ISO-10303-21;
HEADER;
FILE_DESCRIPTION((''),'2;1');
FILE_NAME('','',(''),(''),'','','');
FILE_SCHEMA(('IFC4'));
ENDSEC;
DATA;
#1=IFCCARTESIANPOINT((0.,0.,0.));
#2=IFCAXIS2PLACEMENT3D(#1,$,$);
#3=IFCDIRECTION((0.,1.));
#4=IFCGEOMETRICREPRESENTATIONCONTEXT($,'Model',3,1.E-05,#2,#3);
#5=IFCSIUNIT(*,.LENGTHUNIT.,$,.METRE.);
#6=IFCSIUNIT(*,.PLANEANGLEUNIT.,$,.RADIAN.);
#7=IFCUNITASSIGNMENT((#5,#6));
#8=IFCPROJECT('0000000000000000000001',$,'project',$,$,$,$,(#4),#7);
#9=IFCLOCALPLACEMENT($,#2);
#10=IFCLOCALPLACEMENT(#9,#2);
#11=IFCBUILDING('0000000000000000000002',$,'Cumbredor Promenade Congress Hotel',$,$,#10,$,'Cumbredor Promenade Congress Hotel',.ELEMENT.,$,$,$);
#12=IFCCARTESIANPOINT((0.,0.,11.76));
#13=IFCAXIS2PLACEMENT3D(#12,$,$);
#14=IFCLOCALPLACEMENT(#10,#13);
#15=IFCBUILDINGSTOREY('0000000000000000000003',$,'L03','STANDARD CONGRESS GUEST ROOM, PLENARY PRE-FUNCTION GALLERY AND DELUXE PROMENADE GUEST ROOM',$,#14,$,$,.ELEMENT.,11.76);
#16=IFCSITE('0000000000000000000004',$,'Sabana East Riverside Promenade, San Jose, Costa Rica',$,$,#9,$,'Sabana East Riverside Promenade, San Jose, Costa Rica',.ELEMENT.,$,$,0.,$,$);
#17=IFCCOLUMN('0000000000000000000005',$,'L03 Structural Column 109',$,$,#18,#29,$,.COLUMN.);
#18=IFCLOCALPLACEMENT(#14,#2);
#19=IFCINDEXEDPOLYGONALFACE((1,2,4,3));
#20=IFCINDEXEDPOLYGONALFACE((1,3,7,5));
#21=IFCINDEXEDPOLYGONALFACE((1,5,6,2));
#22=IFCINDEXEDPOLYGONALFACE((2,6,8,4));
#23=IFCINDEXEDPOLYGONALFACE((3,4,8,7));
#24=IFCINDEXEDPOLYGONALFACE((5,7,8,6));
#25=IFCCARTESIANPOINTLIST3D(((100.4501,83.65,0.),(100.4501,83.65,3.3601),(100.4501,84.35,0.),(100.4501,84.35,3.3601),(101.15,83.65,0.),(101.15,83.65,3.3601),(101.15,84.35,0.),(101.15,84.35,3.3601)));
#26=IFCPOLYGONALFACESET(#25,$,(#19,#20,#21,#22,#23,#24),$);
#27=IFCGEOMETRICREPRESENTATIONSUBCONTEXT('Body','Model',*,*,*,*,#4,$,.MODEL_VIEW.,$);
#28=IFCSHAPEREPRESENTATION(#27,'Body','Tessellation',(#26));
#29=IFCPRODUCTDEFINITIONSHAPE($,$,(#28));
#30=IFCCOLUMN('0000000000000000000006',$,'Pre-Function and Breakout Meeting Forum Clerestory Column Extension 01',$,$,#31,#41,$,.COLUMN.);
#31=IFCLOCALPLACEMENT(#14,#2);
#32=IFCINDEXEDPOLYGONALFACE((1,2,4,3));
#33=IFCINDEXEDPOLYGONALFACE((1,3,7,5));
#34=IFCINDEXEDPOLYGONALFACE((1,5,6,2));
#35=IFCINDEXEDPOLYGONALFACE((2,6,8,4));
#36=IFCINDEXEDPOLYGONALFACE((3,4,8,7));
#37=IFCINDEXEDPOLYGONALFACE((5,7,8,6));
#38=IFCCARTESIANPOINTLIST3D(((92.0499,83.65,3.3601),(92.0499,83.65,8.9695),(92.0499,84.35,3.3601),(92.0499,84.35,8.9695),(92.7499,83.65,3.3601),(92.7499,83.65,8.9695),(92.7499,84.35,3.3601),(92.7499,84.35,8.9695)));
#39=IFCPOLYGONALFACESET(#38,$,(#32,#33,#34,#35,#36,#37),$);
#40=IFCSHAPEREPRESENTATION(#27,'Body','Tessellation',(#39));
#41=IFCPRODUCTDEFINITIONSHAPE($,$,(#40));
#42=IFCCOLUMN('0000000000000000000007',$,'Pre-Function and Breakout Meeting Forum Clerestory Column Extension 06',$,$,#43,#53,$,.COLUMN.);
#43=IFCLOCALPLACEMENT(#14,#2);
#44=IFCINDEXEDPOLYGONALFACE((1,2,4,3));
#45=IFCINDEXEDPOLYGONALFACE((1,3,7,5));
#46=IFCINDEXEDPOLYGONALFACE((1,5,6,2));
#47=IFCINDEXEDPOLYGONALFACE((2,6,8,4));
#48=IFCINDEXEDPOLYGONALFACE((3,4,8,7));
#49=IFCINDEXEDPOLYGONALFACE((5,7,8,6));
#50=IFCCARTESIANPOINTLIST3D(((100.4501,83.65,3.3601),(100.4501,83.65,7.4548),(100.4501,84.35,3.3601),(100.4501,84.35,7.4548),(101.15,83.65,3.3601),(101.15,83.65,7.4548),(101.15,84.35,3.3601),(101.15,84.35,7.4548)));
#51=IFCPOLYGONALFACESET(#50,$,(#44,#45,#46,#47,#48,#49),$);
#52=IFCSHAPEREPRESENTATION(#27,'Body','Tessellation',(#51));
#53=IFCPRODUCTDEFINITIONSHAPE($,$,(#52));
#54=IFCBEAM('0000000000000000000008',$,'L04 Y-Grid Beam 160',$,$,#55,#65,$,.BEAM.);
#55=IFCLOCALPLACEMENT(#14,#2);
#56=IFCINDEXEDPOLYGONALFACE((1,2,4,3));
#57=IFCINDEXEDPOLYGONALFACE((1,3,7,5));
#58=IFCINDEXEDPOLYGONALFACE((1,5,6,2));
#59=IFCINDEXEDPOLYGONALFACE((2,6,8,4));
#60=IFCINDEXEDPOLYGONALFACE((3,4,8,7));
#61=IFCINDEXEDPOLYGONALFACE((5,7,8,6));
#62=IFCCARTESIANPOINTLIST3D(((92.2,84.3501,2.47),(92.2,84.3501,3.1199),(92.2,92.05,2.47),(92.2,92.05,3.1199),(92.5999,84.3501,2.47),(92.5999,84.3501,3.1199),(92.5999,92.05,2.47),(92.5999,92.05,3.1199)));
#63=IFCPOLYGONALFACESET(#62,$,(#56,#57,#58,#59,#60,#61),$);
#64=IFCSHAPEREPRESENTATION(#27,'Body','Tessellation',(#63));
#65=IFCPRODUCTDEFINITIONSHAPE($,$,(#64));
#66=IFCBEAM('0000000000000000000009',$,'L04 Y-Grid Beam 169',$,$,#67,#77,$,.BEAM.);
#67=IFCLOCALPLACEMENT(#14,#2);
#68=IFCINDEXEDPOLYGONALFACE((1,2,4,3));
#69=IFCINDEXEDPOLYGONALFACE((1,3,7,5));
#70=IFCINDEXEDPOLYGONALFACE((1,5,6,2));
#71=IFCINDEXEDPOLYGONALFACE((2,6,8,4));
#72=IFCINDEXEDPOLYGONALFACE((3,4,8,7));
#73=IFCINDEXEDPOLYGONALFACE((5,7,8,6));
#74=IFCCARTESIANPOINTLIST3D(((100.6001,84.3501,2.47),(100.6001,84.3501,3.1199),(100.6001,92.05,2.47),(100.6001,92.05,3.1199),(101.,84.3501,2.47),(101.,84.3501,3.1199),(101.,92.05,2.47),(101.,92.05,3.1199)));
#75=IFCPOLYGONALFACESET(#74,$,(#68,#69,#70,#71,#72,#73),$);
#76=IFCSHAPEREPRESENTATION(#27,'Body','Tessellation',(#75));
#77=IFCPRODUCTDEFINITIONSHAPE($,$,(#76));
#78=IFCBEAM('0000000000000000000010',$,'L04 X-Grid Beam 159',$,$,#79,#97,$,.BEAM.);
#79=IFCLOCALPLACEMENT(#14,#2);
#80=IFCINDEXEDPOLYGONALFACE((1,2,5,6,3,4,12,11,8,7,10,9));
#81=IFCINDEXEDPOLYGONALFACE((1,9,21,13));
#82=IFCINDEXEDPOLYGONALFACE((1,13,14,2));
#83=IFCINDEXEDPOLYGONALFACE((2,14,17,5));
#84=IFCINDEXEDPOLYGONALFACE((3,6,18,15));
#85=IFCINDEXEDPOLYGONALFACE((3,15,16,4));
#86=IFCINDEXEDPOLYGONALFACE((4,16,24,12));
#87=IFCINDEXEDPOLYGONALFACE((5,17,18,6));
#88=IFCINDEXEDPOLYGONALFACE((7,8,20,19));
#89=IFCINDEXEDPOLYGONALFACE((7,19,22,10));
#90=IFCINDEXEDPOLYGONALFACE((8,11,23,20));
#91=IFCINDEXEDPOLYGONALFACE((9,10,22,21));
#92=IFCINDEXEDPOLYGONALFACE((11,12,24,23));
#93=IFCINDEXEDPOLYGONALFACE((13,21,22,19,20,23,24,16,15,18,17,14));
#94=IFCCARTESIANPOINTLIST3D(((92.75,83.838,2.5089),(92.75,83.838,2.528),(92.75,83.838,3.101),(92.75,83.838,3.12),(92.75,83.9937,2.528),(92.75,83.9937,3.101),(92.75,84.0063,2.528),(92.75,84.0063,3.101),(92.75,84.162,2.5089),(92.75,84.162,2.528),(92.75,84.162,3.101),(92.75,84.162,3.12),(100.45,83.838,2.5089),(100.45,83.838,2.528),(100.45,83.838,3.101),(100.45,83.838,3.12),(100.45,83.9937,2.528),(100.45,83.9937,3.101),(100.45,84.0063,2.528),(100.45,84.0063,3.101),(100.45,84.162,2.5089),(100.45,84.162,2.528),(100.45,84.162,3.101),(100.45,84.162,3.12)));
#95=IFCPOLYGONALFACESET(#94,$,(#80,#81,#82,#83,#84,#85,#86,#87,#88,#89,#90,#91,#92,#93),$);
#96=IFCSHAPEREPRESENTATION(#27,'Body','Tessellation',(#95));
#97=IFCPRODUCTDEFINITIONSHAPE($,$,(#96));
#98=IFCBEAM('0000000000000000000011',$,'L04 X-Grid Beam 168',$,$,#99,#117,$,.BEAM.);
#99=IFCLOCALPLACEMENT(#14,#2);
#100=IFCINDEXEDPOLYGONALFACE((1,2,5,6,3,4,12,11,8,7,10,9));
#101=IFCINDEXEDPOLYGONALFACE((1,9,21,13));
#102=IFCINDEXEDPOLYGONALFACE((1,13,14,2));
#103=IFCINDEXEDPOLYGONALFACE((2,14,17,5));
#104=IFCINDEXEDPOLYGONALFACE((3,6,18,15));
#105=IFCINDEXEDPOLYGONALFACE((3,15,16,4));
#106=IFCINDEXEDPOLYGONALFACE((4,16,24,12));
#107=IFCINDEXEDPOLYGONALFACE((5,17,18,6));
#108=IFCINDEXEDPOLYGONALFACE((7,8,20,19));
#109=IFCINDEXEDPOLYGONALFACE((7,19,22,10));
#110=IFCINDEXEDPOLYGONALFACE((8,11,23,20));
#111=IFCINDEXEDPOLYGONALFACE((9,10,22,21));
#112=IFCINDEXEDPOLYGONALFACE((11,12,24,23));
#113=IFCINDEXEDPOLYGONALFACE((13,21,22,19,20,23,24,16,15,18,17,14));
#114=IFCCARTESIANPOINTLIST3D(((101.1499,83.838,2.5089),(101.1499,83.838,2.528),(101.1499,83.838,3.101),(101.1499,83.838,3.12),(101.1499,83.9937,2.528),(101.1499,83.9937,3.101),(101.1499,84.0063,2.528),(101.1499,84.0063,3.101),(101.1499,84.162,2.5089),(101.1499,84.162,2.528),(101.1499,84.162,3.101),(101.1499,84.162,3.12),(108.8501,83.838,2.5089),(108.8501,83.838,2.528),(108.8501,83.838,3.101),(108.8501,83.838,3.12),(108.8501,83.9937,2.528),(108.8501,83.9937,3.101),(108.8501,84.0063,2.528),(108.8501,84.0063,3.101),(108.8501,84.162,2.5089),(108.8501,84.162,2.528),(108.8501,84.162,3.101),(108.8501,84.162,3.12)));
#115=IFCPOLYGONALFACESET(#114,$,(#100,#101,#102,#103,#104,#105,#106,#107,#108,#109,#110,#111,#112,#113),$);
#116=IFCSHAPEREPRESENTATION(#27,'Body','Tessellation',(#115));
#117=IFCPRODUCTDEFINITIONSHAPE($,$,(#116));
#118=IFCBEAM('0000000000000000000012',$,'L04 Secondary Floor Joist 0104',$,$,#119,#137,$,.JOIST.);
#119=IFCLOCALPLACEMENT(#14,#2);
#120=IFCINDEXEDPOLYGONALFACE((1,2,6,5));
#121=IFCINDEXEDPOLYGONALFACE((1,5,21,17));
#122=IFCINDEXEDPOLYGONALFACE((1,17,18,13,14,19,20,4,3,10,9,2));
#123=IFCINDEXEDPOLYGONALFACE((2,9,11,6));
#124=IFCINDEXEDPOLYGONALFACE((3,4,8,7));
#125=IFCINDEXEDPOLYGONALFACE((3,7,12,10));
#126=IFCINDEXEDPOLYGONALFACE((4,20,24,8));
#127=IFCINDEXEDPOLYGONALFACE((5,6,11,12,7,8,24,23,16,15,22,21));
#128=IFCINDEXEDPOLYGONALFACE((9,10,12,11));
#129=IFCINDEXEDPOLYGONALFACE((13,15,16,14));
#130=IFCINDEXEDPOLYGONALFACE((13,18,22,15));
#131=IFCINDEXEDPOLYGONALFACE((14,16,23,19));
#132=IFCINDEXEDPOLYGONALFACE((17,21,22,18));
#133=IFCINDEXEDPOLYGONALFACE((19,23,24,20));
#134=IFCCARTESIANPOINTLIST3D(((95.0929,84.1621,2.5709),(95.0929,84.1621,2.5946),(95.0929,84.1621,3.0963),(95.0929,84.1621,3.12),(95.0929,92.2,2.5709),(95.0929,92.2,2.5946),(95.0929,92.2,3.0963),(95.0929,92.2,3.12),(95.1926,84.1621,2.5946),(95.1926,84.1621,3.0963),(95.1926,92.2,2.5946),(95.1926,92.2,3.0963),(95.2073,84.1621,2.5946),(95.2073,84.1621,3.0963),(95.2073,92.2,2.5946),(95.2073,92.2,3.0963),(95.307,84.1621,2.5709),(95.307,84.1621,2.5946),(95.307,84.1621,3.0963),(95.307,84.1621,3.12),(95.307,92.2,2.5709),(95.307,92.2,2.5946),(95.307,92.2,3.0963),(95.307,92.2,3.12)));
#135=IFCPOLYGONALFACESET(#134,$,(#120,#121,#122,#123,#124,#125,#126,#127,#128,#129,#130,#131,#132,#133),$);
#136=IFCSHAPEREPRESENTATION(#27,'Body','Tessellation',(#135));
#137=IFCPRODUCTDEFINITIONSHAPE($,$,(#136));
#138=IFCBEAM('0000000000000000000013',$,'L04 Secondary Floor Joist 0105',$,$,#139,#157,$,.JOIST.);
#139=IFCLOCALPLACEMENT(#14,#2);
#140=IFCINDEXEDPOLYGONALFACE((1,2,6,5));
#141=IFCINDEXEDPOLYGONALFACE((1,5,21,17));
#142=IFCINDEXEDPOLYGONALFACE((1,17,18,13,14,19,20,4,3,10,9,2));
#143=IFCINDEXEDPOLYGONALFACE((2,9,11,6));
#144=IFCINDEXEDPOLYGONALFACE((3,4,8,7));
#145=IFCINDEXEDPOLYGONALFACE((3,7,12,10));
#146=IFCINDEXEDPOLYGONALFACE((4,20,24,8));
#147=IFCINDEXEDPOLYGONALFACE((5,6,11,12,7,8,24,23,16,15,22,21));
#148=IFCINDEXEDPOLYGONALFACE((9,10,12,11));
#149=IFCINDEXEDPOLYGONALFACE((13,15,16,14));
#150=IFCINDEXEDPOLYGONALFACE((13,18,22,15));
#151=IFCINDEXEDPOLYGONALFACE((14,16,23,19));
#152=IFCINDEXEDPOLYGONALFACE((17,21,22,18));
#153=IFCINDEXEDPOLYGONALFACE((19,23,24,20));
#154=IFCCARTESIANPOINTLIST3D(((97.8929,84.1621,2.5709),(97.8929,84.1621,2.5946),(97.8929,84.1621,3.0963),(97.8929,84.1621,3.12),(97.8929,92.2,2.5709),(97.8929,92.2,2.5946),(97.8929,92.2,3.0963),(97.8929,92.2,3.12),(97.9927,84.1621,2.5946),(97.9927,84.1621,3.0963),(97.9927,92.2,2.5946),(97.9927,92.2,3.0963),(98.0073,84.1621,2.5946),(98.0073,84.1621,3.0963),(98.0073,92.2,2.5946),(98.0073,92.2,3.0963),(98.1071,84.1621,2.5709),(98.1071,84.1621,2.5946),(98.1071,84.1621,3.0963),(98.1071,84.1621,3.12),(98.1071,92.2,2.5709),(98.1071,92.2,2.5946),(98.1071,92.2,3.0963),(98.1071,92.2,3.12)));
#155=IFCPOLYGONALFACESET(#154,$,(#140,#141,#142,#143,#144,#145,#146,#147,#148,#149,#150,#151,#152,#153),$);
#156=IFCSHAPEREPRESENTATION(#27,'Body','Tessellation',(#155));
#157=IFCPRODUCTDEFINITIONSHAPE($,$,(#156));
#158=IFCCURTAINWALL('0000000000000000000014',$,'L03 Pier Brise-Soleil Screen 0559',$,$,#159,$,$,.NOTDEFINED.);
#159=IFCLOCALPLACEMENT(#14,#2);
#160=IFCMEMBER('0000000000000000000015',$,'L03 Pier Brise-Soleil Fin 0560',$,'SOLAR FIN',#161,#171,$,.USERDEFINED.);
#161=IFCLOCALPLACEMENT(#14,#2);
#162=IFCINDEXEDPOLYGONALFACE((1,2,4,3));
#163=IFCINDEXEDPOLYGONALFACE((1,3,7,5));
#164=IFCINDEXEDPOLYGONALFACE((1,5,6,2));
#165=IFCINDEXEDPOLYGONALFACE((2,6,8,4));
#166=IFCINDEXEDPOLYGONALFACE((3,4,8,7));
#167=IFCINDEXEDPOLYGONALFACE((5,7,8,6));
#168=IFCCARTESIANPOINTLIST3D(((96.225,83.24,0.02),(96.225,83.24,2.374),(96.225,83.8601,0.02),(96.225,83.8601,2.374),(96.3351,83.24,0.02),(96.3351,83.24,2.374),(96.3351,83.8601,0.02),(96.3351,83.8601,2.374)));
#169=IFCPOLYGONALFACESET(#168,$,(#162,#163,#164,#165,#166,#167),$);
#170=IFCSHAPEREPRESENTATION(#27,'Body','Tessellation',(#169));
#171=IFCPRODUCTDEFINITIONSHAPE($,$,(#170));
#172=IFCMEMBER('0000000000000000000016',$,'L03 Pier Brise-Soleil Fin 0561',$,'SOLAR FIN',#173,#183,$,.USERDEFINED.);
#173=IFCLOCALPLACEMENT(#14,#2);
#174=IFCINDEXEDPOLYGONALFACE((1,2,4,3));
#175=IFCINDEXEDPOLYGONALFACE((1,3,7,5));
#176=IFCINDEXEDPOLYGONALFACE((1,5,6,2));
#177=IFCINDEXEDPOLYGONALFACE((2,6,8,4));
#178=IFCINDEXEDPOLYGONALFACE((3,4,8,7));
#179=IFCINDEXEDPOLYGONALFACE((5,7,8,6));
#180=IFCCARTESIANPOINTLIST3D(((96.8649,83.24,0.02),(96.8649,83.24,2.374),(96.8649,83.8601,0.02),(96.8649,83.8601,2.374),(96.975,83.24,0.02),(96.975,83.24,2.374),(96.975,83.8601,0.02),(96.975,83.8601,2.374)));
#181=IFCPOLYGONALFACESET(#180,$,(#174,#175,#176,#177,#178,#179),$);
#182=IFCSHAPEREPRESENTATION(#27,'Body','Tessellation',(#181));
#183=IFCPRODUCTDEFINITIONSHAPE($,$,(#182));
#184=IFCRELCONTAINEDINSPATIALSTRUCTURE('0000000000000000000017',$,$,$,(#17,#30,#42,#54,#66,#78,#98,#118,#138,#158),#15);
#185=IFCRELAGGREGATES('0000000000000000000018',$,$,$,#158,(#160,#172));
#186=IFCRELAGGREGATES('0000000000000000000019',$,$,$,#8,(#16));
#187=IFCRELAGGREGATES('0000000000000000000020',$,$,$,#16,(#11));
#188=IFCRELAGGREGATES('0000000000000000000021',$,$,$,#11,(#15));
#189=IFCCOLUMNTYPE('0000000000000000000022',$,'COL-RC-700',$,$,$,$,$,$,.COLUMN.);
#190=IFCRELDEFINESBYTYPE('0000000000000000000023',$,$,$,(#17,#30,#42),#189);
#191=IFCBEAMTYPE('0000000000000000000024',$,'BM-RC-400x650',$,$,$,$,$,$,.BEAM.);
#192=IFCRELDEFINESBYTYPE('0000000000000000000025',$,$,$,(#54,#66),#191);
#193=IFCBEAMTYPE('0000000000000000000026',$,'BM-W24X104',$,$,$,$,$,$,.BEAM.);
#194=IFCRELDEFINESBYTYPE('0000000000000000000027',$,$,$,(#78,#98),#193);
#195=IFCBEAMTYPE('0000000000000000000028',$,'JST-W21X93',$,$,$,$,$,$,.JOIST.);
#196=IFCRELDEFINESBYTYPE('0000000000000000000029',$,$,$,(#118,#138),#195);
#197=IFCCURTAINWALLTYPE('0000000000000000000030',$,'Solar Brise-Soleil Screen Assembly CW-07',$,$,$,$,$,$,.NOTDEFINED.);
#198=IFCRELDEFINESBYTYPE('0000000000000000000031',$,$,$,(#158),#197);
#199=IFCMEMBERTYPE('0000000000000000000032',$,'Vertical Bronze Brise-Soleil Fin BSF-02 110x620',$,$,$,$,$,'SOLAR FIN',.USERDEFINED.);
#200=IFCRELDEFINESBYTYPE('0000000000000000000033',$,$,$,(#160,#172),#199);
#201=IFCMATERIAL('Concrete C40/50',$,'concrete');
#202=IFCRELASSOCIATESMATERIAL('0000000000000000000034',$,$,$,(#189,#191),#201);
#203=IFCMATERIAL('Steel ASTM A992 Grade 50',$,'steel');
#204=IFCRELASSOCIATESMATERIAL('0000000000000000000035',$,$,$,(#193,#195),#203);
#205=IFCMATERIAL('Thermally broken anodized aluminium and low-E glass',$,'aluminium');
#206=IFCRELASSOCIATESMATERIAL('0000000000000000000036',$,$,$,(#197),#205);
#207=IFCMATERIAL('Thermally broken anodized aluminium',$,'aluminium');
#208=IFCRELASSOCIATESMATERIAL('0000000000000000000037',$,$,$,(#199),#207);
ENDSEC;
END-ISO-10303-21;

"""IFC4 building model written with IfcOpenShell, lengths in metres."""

from ifc_helpers import new_model, si_unit, direction, frame, origin, origin_2d, place, context, subcontext, project, spatial, rectangle, i_section, extrude, material, material_profile, profile_set, type_object, element, aggregate, save


model = new_model("IFC4")

# Units and contexts
model_context = context("Model", 3, precision=1e-05, world=origin(), true_north=direction((0.0, 1.0)))
body_context = subcontext(model_context, "Body", "Model", "MODEL_VIEW")
ifc_project = project(units=[si_unit("LENGTHUNIT", "METRE"), si_unit("PLANEANGLEUNIT", "RADIAN")], contexts=[model_context])

# Site, building, storey
site_placement = place(None, origin())
site = spatial("IfcSite", under=ifc_project, at=site_placement, Name="Sabana East Riverside Promenade, San Jose, Costa Rica", LongName="Sabana East Riverside Promenade, San Jose, Costa Rica", CompositionType="ELEMENT", RefElevation=0.0)
building_placement = place(site_placement, origin())
building = spatial("IfcBuilding", under=site, at=building_placement, Name="Cumbredor Promenade Congress Hotel", LongName="Cumbredor Promenade Congress Hotel", CompositionType="ELEMENT")
storey_placement = place(building_placement, frame((0.0, 0.0, 11.76)))
storey = spatial("IfcBuildingStorey", under=building, at=storey_placement, Name="L03", Description="STANDARD CONGRESS GUEST ROOM, PLENARY PRE-FUNCTION GALLERY AND DELUXE PROMENADE GUEST ROOM", CompositionType="ELEMENT", Elevation=11.76)

# Columns
ifc_material_1 = material(Name="Concrete C40/50", Category="concrete")
ifc_material_profile_1 = material_profile(ifc_material_1, rectangle(XDim=0.7, YDim=0.7, at=origin_2d()), Name="RC 700x700")
ifc_profile_set_1 = profile_set([ifc_material_profile_1], Name="Concrete C40/50")
column_type = type_object("IfcColumnType", Name="COL-RC-700", PredefinedType="COLUMN", material=ifc_profile_set_1)
column_1_placement = place(storey_placement, frame((100.8, 84.0, 0.0), z_axis=(0.0, 0.0, 1.0), x_axis=(1.0, 0.0, 0.0)))
element("IfcColumn", 1, at=column_1_placement, inside=storey, type_object=column_type, Name="L03 Structural Column 109", PredefinedType="COLUMN", context=body_context, shape_type="SweptSolid", body=[
    extrude(rectangle(XDim=0.7, YDim=0.7, at=origin_2d()), origin(), (0.0, 0.0, 1.0), 3.3601),
])
column_2_placement = place(storey_placement, frame((92.3999, 84.0, 3.3601), z_axis=(0.0, 0.0, 1.0), x_axis=(1.0, 0.0, 0.0)))
element("IfcColumn", 2, at=column_2_placement, inside=storey, type_object=column_type, Name="Pre-Function and Breakout Meeting Forum Clerestory Column Extension 01", PredefinedType="COLUMN", context=body_context, shape_type="SweptSolid", body=[
    extrude(rectangle(XDim=0.7, YDim=0.7, at=origin_2d()), origin(), (0.0, 0.0, 1.0), 5.6094),
])
column_3_placement = place(storey_placement, frame((100.8, 84.0, 3.3601), z_axis=(0.0, 0.0, 1.0), x_axis=(1.0, 0.0, 0.0)))
element("IfcColumn", 3, at=column_3_placement, inside=storey, type_object=column_type, Name="Pre-Function and Breakout Meeting Forum Clerestory Column Extension 06", PredefinedType="COLUMN", context=body_context, shape_type="SweptSolid", body=[
    extrude(rectangle(XDim=0.7, YDim=0.7, at=origin_2d()), origin(), (0.0, 0.0, 1.0), 4.0947),
])

# Beams
ifc_material_profile_2 = material_profile(ifc_material_1, rectangle(XDim=0.3999, YDim=0.6499, at=origin_2d()), Name="RC BEAM 400x650")
ifc_profile_set_2 = profile_set([ifc_material_profile_2], Name="Concrete C40/50")
beam_type_1 = type_object("IfcBeamType", Name="BM-RC-400x650", PredefinedType="BEAM", material=ifc_profile_set_2)
for number, where, z_axis, x_axis, name in (
    (4, (92.3999, 84.3501, 2.7949), (0.0, 1.0, 0.0), (-1.0, 0.0, 0.0), "L04 Y-Grid Beam 160"),
    (5, (100.8, 84.3501, 2.7949), (0.0, 1.0, 0.0), (-1.0, 0.0, 0.0), "L04 Y-Grid Beam 169"),
):
    element("IfcBeam", number, at=place(storey_placement, frame(where, z_axis=z_axis, x_axis=x_axis)), inside=storey, type_object=beam_type_1, Name=name, PredefinedType="BEAM", context=body_context, shape_type="SweptSolid", body=[
        extrude(rectangle(XDim=0.3999, YDim=0.6499, at=origin_2d()), origin(), (0.0, 0.0, 1.0), 7.7),
    ])
ifc_material_2 = material(Name="Steel ASTM A992 Grade 50", Category="steel")
ifc_material_profile_3 = material_profile(ifc_material_2, i_section(OverallWidth=0.324, OverallDepth=0.6111, WebThickness=0.0127, FlangeThickness=0.019, at=origin_2d()), Name="W24X104")
ifc_profile_set_3 = profile_set([ifc_material_profile_3], Name="Steel ASTM A992 Grade 50")
beam_type_2 = type_object("IfcBeamType", Name="BM-W24X104", PredefinedType="BEAM", material=ifc_profile_set_3)
beam_1_placement = place(storey_placement, frame((92.75, 84.0, 2.8145), z_axis=(1.0, 0.0, 0.0), x_axis=(0.0, 1.0, 0.0)))
element("IfcBeam", 6, at=beam_1_placement, inside=storey, type_object=beam_type_2, Name="L04 X-Grid Beam 159", PredefinedType="BEAM", context=body_context, shape_type="SweptSolid", body=[
    extrude(i_section(OverallWidth=0.324, OverallDepth=0.6111, WebThickness=0.0127, FlangeThickness=0.019, at=origin_2d()), origin(), (0.0, 0.0, 1.0), 7.7),
])
beam_2_placement = place(storey_placement, frame((101.1499, 84.0, 2.8145), z_axis=(1.0, 0.0, 0.0), x_axis=(0.0, 1.0, 0.0)))
element("IfcBeam", 7, at=beam_2_placement, inside=storey, type_object=beam_type_2, Name="L04 X-Grid Beam 168", PredefinedType="BEAM", context=body_context, shape_type="SweptSolid", body=[
    extrude(i_section(OverallWidth=0.324, OverallDepth=0.6111, WebThickness=0.0127, FlangeThickness=0.019, at=origin_2d()), origin(), (0.0, 0.0, 1.0), 7.7002),
])
ifc_material_profile_4 = material_profile(ifc_material_2, i_section(OverallWidth=0.2141, OverallDepth=0.5491, WebThickness=0.0146, FlangeThickness=0.0237, at=origin_2d()), Name="W21X93")
ifc_profile_set_4 = profile_set([ifc_material_profile_4], Name="Steel ASTM A992 Grade 50")
beam_type_3 = type_object("IfcBeamType", Name="JST-W21X93", PredefinedType="JOIST", material=ifc_profile_set_4)
for number, where, z_axis, x_axis, name in (
    (8, (95.2, 84.1621, 2.8455), (0.0, 1.0, 0.0), (-1.0, 0.0, 0.0), "L04 Secondary Floor Joist 0104"),
    (9, (98.0, 84.1621, 2.8455), (0.0, 1.0, 0.0), (-1.0, 0.0, 0.0), "L04 Secondary Floor Joist 0105"),
):
    element("IfcBeam", number, at=place(storey_placement, frame(where, z_axis=z_axis, x_axis=x_axis)), inside=storey, type_object=beam_type_3, Name=name, PredefinedType="JOIST", context=body_context, shape_type="SweptSolid", body=[
        extrude(i_section(OverallWidth=0.2141, OverallDepth=0.5491, WebThickness=0.0146, FlangeThickness=0.0237, at=origin_2d()), origin(), (0.0, 0.0, 1.0), 8.0378),
    ])

# Curtain wall, members
ifc_material_3 = material(Name="Thermally broken anodized aluminium and low-E glass", Category="aluminium")
curtain_wall_type = type_object("IfcCurtainWallType", Name="Solar Brise-Soleil Screen Assembly CW-07", PredefinedType="NOTDEFINED", material=ifc_material_3)
curtain_wall_placement = place(storey_placement, origin())
curtain_wall = element("IfcCurtainWall", 10, at=curtain_wall_placement, inside=storey, type_object=curtain_wall_type, Name="L03 Pier Brise-Soleil Screen 0559", PredefinedType="NOTDEFINED")
ifc_material_4 = material(Name="Thermally broken anodized aluminium", Category="aluminium")
ifc_material_profile_5 = material_profile(ifc_material_4, rectangle(XDim=0.1101, YDim=0.6201, at=origin_2d()), Name="ARCH FIN 110x620")
ifc_profile_set_5 = profile_set([ifc_material_profile_5], Name="Thermally broken anodized aluminium")
member_type = type_object("IfcMemberType", Name="Vertical Bronze Brise-Soleil Fin BSF-02 110x620", ElementType="SOLAR FIN", PredefinedType="USERDEFINED", material=ifc_profile_set_5)
member_1_placement = place(storey_placement, frame((96.28, 83.55, 0.02), z_axis=(0.0, 0.0, 1.0), x_axis=(1.0, 0.0, 0.0)))
member_1 = element("IfcMember", 11, at=member_1_placement, type_object=member_type, Name="L03 Pier Brise-Soleil Fin 0560", ObjectType="SOLAR FIN", PredefinedType="USERDEFINED", context=body_context, shape_type="SweptSolid", body=[
    extrude(rectangle(XDim=0.1101, YDim=0.6201, at=origin_2d()), origin(), (0.0, 0.0, 1.0), 2.354),
])
member_2_placement = place(storey_placement, frame((96.9199, 83.55, 0.02), z_axis=(0.0, 0.0, 1.0), x_axis=(1.0, 0.0, 0.0)))
member_2 = element("IfcMember", 12, at=member_2_placement, type_object=member_type, Name="L03 Pier Brise-Soleil Fin 0561", ObjectType="SOLAR FIN", PredefinedType="USERDEFINED", context=body_context, shape_type="SweptSolid", body=[
    extrude(rectangle(XDim=0.1101, YDim=0.6201, at=origin_2d()), origin(), (0.0, 0.0, 1.0), 2.354),
])
aggregate(curtain_wall, [member_1, member_2])

save(model, "model.ifc")
